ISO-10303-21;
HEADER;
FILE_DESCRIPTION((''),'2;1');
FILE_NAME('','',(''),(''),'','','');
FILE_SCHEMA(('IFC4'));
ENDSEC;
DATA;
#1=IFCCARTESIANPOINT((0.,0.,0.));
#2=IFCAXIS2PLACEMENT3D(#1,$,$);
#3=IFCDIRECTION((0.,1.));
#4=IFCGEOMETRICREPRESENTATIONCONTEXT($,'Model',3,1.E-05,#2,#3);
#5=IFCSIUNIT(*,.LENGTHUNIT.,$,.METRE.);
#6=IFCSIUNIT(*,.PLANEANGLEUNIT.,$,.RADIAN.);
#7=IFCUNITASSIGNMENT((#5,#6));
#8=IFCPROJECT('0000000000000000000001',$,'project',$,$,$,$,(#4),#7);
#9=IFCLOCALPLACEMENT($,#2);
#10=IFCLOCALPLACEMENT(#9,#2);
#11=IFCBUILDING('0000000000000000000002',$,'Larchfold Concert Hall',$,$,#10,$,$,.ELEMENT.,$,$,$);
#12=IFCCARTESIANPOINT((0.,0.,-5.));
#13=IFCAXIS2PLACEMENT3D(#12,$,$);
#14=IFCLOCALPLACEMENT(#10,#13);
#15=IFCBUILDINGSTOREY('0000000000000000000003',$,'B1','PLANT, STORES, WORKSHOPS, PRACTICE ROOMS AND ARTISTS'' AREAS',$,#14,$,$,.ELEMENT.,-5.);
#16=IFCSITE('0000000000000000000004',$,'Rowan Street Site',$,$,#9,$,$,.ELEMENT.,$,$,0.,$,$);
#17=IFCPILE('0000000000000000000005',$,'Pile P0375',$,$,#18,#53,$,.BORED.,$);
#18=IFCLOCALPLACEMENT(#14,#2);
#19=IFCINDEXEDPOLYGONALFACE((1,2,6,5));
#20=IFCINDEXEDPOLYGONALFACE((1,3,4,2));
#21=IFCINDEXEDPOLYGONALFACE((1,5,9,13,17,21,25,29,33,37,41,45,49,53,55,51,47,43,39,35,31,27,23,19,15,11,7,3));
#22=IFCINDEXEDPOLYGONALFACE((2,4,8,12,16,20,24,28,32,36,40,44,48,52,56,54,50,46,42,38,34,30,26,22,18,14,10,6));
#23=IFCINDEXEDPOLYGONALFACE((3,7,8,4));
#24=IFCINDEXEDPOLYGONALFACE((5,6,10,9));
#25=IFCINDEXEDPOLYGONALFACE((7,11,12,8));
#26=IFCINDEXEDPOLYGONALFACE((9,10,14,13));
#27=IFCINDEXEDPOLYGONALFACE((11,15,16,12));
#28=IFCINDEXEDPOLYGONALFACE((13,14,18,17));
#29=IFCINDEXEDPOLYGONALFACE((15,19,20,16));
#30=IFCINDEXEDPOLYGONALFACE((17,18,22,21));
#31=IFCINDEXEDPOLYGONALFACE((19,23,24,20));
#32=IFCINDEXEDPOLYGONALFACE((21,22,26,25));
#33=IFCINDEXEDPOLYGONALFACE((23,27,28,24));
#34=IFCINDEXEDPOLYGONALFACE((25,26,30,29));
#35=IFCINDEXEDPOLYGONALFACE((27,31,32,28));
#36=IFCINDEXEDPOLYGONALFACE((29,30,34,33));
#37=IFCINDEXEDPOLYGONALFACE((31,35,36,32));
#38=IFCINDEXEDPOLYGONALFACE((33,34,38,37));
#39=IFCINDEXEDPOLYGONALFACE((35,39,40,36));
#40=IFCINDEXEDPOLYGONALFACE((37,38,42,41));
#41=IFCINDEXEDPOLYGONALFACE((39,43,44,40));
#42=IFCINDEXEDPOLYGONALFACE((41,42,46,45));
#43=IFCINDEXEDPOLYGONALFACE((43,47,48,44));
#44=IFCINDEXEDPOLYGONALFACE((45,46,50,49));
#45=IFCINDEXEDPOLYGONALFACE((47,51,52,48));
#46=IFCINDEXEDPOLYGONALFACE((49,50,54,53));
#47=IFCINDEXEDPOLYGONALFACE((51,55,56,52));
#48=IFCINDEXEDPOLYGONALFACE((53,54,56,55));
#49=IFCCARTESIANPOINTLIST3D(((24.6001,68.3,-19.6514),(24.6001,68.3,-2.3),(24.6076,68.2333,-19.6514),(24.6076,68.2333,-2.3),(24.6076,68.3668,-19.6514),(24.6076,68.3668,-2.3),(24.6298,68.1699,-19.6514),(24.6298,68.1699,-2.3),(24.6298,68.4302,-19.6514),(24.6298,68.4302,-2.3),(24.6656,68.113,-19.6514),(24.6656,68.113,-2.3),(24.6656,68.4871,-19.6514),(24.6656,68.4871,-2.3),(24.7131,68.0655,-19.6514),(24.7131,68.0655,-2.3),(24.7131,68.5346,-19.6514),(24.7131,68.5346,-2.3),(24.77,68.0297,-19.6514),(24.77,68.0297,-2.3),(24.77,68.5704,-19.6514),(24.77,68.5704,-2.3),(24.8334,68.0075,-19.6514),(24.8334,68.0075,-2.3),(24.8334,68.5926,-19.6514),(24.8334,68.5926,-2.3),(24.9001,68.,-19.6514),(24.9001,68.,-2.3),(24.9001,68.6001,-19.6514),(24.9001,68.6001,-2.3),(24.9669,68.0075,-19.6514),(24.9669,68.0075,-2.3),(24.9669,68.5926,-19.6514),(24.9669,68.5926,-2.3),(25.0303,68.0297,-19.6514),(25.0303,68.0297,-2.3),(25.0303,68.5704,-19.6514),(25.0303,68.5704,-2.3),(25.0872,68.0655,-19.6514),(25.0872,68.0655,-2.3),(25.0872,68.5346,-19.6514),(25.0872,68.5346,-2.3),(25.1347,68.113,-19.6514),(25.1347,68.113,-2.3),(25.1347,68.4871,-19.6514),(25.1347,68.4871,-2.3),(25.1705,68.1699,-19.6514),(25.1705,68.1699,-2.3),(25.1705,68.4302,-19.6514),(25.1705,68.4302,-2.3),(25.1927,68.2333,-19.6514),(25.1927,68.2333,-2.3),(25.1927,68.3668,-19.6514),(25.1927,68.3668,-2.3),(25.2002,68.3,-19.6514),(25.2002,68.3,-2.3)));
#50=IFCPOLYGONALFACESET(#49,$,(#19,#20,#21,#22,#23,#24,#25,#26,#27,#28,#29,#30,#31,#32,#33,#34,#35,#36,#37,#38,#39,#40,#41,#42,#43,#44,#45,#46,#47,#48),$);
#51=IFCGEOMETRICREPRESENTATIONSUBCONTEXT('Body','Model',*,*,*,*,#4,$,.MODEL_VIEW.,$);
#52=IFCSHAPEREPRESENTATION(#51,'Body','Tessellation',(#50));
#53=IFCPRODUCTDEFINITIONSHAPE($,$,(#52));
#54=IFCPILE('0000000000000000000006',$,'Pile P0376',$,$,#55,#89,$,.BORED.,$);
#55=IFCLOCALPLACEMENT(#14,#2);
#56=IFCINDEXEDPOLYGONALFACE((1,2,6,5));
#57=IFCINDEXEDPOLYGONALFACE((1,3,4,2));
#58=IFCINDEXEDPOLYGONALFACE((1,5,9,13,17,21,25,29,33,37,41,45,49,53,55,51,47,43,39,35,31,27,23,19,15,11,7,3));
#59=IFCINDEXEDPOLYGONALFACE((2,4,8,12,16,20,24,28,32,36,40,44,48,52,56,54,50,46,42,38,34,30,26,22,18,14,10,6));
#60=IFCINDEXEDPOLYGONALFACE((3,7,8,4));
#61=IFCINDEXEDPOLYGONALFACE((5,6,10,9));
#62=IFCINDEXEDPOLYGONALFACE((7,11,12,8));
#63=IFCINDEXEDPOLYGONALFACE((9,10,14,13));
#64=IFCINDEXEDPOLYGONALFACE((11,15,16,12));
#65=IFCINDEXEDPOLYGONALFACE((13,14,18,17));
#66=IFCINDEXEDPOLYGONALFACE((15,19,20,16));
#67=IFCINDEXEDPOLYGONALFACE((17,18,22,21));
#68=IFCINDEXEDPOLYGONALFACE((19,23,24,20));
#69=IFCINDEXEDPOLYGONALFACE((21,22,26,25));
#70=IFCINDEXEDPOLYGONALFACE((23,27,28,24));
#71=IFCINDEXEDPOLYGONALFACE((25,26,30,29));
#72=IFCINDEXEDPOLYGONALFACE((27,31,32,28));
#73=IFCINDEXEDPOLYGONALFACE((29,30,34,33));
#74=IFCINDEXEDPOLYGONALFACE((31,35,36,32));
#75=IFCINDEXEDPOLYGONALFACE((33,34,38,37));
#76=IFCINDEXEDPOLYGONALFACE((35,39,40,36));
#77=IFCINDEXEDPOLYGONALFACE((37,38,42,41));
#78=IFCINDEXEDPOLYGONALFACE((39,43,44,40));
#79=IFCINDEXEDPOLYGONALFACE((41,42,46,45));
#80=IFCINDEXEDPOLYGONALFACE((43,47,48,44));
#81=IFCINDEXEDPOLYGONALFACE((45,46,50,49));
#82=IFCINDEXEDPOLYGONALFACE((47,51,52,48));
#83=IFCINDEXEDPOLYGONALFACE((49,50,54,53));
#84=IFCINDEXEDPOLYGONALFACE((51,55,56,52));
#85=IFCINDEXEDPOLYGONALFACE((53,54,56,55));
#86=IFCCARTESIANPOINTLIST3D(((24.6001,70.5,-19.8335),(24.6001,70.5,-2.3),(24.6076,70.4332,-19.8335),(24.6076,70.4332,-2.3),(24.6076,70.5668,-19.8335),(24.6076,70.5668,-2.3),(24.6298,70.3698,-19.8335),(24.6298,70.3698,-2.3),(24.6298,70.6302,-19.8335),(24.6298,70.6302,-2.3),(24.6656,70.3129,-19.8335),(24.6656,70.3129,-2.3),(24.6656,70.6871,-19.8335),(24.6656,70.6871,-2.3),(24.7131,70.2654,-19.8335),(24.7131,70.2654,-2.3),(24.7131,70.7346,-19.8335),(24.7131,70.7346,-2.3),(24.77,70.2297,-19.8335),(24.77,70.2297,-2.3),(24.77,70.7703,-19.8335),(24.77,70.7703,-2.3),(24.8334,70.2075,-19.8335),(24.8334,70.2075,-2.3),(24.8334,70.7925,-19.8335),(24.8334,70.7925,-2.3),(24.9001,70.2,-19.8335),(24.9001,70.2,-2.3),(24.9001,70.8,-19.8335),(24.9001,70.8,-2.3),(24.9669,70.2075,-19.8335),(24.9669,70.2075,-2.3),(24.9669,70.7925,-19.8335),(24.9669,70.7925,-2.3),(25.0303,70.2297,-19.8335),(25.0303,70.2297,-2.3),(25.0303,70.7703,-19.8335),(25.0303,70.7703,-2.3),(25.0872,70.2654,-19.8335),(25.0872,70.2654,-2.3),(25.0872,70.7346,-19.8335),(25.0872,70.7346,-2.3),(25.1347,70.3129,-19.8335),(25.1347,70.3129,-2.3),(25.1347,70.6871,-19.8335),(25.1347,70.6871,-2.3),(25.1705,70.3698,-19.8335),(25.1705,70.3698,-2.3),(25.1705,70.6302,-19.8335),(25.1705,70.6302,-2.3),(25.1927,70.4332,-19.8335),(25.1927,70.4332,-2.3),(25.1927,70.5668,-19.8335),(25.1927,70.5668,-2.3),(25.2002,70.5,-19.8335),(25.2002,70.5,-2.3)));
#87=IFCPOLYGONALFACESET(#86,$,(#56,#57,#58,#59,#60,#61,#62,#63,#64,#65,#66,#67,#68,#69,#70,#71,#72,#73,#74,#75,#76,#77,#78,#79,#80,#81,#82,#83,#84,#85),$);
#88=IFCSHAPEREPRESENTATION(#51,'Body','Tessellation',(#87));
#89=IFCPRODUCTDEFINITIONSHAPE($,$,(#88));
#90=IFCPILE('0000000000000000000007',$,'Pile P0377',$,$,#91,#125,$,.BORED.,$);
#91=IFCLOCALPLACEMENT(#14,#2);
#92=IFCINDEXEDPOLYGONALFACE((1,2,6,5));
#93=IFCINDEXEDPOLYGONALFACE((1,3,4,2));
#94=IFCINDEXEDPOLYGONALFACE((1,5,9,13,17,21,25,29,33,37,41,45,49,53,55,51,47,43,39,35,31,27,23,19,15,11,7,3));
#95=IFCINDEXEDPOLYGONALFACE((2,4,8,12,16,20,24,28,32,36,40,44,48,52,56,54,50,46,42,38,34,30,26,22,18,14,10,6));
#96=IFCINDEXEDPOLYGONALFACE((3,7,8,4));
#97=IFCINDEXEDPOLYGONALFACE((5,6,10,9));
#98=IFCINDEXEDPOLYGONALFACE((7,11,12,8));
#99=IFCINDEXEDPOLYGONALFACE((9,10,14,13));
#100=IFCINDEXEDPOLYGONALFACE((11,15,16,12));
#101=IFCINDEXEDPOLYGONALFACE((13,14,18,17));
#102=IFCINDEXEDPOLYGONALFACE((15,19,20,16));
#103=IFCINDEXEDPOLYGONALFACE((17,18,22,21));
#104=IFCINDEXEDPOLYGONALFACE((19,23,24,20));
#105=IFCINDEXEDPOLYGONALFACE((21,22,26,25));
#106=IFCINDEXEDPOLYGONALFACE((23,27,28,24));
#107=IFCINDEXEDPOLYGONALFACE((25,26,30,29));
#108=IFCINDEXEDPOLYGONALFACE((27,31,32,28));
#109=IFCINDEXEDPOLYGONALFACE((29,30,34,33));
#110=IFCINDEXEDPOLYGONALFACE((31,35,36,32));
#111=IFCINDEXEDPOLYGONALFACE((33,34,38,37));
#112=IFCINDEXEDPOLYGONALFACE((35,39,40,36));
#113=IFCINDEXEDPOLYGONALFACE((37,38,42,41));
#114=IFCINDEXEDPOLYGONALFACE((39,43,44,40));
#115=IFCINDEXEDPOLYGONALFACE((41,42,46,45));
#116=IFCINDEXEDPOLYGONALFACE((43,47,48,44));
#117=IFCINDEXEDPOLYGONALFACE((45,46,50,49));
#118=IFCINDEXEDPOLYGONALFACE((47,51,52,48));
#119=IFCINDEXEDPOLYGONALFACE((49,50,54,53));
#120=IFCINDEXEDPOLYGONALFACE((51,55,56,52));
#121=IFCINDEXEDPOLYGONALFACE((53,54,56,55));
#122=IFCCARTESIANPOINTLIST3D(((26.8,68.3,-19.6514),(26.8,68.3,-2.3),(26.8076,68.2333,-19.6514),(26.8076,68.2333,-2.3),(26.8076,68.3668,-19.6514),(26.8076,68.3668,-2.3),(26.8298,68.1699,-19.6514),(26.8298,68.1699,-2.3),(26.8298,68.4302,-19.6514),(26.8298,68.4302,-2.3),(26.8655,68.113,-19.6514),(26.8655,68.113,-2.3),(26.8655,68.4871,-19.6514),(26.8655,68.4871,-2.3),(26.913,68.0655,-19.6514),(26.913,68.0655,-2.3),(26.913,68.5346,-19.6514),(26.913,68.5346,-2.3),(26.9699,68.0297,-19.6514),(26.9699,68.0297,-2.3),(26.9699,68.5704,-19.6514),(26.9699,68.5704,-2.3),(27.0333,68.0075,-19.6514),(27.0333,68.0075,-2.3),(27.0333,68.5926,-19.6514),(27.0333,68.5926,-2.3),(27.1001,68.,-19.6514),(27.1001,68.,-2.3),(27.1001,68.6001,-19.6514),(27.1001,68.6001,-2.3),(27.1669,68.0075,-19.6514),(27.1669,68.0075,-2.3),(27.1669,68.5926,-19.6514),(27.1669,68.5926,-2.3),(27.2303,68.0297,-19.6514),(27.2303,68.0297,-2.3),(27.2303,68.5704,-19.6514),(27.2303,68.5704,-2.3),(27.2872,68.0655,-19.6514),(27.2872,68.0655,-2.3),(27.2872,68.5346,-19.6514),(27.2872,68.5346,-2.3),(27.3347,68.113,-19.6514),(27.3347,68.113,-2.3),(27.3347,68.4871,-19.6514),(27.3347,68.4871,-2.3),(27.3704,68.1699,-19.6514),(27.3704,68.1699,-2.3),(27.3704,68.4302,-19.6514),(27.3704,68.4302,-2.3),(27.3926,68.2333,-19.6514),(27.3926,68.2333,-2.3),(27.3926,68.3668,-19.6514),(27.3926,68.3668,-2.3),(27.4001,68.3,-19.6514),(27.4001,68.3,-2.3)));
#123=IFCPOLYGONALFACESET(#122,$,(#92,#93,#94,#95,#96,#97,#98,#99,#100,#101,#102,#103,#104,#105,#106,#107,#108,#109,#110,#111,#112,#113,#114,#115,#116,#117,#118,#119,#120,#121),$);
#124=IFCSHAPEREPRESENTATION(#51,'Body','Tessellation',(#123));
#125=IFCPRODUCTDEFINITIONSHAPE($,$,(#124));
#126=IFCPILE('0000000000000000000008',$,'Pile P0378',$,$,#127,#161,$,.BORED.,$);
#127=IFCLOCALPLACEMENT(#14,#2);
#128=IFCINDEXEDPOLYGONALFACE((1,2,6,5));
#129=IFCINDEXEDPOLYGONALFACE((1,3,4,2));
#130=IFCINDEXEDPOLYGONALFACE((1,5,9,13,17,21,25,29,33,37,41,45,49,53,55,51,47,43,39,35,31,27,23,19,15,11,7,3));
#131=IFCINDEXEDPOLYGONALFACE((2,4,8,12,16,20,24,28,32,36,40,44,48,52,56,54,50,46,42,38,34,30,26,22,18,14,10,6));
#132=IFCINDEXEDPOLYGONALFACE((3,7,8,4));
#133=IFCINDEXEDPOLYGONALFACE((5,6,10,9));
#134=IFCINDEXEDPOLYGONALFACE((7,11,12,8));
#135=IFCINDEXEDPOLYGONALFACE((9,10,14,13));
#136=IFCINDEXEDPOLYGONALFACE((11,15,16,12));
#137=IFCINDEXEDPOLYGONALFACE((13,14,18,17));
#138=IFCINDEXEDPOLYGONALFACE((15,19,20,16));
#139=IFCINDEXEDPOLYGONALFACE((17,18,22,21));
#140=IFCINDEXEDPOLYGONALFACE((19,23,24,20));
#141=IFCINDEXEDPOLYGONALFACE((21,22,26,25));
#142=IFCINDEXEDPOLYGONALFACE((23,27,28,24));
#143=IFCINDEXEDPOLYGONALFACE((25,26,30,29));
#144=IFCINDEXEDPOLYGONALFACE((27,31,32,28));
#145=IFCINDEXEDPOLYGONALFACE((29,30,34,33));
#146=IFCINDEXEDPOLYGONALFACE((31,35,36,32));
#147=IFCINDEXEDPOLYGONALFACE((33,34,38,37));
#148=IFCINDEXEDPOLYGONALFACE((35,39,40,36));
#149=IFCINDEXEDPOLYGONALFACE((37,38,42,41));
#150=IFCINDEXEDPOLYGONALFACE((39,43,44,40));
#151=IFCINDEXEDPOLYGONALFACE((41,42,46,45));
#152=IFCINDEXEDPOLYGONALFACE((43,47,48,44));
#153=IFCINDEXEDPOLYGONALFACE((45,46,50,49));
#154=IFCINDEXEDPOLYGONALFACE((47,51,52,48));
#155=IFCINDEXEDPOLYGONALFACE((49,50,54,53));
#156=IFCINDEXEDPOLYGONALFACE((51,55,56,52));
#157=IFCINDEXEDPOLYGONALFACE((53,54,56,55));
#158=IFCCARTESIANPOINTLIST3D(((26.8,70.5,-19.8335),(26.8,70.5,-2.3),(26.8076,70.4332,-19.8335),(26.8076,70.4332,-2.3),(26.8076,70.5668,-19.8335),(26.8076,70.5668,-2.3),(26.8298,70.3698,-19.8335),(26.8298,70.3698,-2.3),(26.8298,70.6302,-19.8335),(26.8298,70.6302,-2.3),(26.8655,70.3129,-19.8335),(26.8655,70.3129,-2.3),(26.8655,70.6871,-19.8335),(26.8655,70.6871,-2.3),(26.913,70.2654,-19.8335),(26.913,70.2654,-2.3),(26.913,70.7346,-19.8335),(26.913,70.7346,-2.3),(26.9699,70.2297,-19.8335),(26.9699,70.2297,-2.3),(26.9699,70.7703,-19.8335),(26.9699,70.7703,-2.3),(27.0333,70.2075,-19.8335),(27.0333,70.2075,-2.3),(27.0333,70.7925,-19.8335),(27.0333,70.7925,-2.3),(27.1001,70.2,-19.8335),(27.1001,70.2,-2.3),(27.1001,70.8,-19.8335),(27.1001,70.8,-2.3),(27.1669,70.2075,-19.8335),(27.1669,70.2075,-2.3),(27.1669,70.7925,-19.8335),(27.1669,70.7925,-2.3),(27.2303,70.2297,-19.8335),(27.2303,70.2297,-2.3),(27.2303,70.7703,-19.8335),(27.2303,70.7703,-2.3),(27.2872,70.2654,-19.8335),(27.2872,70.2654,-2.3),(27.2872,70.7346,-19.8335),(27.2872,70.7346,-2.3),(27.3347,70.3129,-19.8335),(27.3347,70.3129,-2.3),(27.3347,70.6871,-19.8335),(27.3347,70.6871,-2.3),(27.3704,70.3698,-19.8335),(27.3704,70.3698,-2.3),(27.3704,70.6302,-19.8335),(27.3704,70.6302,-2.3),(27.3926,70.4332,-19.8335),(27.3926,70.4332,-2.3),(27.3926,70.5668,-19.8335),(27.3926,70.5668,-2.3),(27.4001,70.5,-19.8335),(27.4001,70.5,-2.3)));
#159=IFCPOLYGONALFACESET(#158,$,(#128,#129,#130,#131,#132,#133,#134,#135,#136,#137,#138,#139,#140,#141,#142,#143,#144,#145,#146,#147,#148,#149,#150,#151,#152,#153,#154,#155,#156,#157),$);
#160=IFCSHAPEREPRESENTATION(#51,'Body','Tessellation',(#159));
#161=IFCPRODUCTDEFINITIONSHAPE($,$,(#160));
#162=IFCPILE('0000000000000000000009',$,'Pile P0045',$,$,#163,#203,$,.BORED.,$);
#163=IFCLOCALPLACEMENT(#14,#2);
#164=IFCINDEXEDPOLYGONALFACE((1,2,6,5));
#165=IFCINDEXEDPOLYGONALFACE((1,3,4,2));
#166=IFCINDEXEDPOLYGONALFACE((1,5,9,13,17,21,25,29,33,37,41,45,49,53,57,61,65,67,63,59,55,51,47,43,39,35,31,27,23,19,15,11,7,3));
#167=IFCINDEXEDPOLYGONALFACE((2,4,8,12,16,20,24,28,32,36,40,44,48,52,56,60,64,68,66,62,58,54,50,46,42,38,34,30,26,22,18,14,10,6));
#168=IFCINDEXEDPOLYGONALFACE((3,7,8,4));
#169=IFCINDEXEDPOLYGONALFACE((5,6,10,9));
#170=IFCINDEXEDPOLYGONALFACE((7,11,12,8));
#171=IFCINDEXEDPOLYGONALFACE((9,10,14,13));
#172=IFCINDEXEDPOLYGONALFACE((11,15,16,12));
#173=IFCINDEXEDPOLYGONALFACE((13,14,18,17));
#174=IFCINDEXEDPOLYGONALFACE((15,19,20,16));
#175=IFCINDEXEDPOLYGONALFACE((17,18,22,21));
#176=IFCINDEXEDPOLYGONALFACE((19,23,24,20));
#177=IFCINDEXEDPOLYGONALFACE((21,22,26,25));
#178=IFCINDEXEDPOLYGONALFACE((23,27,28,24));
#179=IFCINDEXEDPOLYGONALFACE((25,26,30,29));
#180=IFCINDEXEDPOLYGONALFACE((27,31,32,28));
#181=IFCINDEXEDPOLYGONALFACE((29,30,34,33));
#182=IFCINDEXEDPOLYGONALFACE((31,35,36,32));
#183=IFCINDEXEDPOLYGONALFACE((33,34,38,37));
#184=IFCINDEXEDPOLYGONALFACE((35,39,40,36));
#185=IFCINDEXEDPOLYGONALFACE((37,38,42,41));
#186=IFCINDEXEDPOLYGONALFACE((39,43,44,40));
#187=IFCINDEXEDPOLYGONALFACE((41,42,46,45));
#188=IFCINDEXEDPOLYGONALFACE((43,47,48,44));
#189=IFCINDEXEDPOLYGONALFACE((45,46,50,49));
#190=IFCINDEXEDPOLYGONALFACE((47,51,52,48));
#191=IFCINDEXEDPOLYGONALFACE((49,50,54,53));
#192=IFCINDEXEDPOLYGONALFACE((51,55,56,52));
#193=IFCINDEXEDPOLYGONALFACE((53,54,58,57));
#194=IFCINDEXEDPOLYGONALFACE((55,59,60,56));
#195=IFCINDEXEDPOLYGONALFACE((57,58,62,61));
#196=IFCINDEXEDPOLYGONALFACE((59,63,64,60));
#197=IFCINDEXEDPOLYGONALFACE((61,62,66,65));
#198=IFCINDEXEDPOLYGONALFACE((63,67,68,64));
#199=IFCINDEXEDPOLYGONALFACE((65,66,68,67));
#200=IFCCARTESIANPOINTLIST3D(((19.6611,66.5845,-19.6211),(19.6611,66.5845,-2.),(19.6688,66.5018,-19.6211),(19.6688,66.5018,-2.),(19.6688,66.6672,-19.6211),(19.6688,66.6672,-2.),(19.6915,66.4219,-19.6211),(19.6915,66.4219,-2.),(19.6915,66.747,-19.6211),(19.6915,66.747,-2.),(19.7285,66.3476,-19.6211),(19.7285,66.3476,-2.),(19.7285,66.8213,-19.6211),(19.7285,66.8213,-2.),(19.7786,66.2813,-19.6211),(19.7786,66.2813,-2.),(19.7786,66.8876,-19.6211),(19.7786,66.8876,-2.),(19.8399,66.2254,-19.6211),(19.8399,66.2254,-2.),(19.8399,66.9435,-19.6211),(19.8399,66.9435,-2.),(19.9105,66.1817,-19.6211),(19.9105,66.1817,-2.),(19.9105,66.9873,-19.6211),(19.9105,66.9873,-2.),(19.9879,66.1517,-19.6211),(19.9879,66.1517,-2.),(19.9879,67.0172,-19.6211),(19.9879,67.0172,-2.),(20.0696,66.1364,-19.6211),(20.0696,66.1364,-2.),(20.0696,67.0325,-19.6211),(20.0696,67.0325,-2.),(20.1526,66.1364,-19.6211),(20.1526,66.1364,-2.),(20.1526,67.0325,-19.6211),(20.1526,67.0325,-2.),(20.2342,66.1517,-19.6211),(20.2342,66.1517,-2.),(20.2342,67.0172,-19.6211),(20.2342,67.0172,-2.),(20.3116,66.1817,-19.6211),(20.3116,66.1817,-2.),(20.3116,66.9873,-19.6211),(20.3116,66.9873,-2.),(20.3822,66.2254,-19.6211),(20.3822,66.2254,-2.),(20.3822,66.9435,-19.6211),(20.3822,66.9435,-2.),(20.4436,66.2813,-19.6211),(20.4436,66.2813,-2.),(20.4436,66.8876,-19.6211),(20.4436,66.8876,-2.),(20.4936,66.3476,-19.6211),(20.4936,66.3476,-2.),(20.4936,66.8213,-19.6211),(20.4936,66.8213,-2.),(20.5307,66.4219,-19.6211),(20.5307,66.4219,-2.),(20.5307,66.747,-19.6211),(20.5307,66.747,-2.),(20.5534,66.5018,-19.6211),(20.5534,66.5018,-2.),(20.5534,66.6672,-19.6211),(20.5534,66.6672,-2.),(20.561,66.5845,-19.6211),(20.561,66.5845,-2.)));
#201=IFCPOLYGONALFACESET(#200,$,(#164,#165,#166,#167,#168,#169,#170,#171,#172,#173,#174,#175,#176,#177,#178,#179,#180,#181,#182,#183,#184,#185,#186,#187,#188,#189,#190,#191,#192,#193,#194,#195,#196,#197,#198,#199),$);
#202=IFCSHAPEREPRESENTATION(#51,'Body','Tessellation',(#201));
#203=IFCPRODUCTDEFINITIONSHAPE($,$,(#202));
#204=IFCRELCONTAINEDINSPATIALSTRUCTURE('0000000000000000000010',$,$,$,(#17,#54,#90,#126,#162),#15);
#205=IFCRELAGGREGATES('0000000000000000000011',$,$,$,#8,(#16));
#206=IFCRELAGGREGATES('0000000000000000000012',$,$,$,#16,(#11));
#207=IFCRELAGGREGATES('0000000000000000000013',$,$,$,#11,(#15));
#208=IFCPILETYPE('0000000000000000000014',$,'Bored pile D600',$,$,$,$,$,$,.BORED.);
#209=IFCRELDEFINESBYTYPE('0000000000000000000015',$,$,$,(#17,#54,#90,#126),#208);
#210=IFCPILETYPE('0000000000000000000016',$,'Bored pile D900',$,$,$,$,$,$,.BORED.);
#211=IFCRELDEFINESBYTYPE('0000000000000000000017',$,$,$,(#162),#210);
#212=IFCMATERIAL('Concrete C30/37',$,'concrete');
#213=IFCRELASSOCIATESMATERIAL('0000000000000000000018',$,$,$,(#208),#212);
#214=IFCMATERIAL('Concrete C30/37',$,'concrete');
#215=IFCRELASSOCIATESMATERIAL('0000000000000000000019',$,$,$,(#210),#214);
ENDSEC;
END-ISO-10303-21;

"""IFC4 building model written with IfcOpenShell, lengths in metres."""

from ifc_helpers import new_model, si_unit, direction, frame, origin, origin_2d, place, context, subcontext, project, spatial, circle, extrude, material, material_profile, profile_set, type_object, element, save


model = new_model("IFC4")

# Units and contexts
model_context = context("Model", 3, precision=1e-05, world=origin(), true_north=direction((0.0, 1.0)))
body_context = subcontext(model_context, "Body", "Model", "MODEL_VIEW")
ifc_project = project(units=[si_unit("LENGTHUNIT", "METRE"), si_unit("PLANEANGLEUNIT", "RADIAN")], contexts=[model_context])

# Site, building, storey
site_placement = place(None, origin())
site = spatial("IfcSite", under=ifc_project, at=site_placement, Name="Rowan Street Site", CompositionType="ELEMENT", RefElevation=0.0)
building_placement = place(site_placement, origin())
building = spatial("IfcBuilding", under=site, at=building_placement, Name="Larchfold Concert Hall", CompositionType="ELEMENT")
storey_placement = place(building_placement, frame((0.0, 0.0, -5.0)))
storey = spatial("IfcBuildingStorey", under=building, at=storey_placement, Name="B1", Description="PLANT, STORES, WORKSHOPS, PRACTICE ROOMS AND ARTISTS' AREAS", CompositionType="ELEMENT", Elevation=-5.0)

# Piles
ifc_material_1 = material(Name="Concrete C30/37", Category="concrete")
ifc_material_profile_1 = material_profile(ifc_material_1, circle(Radius=0.3, at=origin_2d()))
ifc_profile_set_1 = profile_set([ifc_material_profile_1], Name="Concrete C30/37")
pile_type_1 = type_object("IfcPileType", Name="Bored pile D600", PredefinedType="BORED", material=ifc_profile_set_1)
pile_1_placement = place(storey_placement, frame((24.9001, 68.3, -2.3), z_axis=(0.0, 0.0, -1.0), x_axis=(1.0, 0.0, 0.0)))
element("IfcPile", 1, at=pile_1_placement, inside=storey, type_object=pile_type_1, Name="Pile P0375", PredefinedType="BORED", context=body_context, shape_type="SweptSolid", body=[
    extrude(circle(Radius=0.3, at=origin_2d()), origin(), (0.0, 0.0, 1.0), 17.3513),
])
pile_2_placement = place(storey_placement, frame((24.9001, 70.5, -2.3), z_axis=(0.0, 0.0, -1.0), x_axis=(1.0, 0.0, 0.0)))
element("IfcPile", 2, at=pile_2_placement, inside=storey, type_object=pile_type_1, Name="Pile P0376", PredefinedType="BORED", context=body_context, shape_type="SweptSolid", body=[
    extrude(circle(Radius=0.3, at=origin_2d()), origin(), (0.0, 0.0, 1.0), 17.5334),
])
pile_3_placement = place(storey_placement, frame((27.1001, 68.3, -2.3), z_axis=(0.0, 0.0, -1.0), x_axis=(1.0, 0.0, 0.0)))
element("IfcPile", 3, at=pile_3_placement, inside=storey, type_object=pile_type_1, Name="Pile P0377", PredefinedType="BORED", context=body_context, shape_type="SweptSolid", body=[
    extrude(circle(Radius=0.3, at=origin_2d()), origin(), (0.0, 0.0, 1.0), 17.3513),
])
pile_4_placement = place(storey_placement, frame((27.1001, 70.5, -2.3), z_axis=(0.0, 0.0, -1.0), x_axis=(1.0, 0.0, 0.0)))
element("IfcPile", 4, at=pile_4_placement, inside=storey, type_object=pile_type_1, Name="Pile P0378", PredefinedType="BORED", context=body_context, shape_type="SweptSolid", body=[
    extrude(circle(Radius=0.3, at=origin_2d()), origin(), (0.0, 0.0, 1.0), 17.5334),
])
ifc_material_2 = material(Name="Concrete C30/37", Category="concrete")
ifc_material_profile_2 = material_profile(ifc_material_2, circle(Radius=0.45, at=origin_2d()))
ifc_profile_set_2 = profile_set([ifc_material_profile_2], Name="Concrete C30/37")
pile_type_2 = type_object("IfcPileType", Name="Bored pile D900", PredefinedType="BORED", material=ifc_profile_set_2)
for number, where, z_axis, x_axis, name in (
    (5, (20.1111, 66.5845, -2.0), (0.0, 0.0, -1.0), (1.0, 0.0, 0.0), "Pile P0045"),
):
    element("IfcPile", number, at=place(storey_placement, frame(where, z_axis=z_axis, x_axis=x_axis)), inside=storey, type_object=pile_type_2, Name=name, PredefinedType="BORED", context=body_context, shape_type="SweptSolid", body=[
        extrude(circle(Radius=0.45, at=origin_2d()), origin(), (0.0, 0.0, 1.0), 17.6211),
    ])

save(model, "model.ifc")
